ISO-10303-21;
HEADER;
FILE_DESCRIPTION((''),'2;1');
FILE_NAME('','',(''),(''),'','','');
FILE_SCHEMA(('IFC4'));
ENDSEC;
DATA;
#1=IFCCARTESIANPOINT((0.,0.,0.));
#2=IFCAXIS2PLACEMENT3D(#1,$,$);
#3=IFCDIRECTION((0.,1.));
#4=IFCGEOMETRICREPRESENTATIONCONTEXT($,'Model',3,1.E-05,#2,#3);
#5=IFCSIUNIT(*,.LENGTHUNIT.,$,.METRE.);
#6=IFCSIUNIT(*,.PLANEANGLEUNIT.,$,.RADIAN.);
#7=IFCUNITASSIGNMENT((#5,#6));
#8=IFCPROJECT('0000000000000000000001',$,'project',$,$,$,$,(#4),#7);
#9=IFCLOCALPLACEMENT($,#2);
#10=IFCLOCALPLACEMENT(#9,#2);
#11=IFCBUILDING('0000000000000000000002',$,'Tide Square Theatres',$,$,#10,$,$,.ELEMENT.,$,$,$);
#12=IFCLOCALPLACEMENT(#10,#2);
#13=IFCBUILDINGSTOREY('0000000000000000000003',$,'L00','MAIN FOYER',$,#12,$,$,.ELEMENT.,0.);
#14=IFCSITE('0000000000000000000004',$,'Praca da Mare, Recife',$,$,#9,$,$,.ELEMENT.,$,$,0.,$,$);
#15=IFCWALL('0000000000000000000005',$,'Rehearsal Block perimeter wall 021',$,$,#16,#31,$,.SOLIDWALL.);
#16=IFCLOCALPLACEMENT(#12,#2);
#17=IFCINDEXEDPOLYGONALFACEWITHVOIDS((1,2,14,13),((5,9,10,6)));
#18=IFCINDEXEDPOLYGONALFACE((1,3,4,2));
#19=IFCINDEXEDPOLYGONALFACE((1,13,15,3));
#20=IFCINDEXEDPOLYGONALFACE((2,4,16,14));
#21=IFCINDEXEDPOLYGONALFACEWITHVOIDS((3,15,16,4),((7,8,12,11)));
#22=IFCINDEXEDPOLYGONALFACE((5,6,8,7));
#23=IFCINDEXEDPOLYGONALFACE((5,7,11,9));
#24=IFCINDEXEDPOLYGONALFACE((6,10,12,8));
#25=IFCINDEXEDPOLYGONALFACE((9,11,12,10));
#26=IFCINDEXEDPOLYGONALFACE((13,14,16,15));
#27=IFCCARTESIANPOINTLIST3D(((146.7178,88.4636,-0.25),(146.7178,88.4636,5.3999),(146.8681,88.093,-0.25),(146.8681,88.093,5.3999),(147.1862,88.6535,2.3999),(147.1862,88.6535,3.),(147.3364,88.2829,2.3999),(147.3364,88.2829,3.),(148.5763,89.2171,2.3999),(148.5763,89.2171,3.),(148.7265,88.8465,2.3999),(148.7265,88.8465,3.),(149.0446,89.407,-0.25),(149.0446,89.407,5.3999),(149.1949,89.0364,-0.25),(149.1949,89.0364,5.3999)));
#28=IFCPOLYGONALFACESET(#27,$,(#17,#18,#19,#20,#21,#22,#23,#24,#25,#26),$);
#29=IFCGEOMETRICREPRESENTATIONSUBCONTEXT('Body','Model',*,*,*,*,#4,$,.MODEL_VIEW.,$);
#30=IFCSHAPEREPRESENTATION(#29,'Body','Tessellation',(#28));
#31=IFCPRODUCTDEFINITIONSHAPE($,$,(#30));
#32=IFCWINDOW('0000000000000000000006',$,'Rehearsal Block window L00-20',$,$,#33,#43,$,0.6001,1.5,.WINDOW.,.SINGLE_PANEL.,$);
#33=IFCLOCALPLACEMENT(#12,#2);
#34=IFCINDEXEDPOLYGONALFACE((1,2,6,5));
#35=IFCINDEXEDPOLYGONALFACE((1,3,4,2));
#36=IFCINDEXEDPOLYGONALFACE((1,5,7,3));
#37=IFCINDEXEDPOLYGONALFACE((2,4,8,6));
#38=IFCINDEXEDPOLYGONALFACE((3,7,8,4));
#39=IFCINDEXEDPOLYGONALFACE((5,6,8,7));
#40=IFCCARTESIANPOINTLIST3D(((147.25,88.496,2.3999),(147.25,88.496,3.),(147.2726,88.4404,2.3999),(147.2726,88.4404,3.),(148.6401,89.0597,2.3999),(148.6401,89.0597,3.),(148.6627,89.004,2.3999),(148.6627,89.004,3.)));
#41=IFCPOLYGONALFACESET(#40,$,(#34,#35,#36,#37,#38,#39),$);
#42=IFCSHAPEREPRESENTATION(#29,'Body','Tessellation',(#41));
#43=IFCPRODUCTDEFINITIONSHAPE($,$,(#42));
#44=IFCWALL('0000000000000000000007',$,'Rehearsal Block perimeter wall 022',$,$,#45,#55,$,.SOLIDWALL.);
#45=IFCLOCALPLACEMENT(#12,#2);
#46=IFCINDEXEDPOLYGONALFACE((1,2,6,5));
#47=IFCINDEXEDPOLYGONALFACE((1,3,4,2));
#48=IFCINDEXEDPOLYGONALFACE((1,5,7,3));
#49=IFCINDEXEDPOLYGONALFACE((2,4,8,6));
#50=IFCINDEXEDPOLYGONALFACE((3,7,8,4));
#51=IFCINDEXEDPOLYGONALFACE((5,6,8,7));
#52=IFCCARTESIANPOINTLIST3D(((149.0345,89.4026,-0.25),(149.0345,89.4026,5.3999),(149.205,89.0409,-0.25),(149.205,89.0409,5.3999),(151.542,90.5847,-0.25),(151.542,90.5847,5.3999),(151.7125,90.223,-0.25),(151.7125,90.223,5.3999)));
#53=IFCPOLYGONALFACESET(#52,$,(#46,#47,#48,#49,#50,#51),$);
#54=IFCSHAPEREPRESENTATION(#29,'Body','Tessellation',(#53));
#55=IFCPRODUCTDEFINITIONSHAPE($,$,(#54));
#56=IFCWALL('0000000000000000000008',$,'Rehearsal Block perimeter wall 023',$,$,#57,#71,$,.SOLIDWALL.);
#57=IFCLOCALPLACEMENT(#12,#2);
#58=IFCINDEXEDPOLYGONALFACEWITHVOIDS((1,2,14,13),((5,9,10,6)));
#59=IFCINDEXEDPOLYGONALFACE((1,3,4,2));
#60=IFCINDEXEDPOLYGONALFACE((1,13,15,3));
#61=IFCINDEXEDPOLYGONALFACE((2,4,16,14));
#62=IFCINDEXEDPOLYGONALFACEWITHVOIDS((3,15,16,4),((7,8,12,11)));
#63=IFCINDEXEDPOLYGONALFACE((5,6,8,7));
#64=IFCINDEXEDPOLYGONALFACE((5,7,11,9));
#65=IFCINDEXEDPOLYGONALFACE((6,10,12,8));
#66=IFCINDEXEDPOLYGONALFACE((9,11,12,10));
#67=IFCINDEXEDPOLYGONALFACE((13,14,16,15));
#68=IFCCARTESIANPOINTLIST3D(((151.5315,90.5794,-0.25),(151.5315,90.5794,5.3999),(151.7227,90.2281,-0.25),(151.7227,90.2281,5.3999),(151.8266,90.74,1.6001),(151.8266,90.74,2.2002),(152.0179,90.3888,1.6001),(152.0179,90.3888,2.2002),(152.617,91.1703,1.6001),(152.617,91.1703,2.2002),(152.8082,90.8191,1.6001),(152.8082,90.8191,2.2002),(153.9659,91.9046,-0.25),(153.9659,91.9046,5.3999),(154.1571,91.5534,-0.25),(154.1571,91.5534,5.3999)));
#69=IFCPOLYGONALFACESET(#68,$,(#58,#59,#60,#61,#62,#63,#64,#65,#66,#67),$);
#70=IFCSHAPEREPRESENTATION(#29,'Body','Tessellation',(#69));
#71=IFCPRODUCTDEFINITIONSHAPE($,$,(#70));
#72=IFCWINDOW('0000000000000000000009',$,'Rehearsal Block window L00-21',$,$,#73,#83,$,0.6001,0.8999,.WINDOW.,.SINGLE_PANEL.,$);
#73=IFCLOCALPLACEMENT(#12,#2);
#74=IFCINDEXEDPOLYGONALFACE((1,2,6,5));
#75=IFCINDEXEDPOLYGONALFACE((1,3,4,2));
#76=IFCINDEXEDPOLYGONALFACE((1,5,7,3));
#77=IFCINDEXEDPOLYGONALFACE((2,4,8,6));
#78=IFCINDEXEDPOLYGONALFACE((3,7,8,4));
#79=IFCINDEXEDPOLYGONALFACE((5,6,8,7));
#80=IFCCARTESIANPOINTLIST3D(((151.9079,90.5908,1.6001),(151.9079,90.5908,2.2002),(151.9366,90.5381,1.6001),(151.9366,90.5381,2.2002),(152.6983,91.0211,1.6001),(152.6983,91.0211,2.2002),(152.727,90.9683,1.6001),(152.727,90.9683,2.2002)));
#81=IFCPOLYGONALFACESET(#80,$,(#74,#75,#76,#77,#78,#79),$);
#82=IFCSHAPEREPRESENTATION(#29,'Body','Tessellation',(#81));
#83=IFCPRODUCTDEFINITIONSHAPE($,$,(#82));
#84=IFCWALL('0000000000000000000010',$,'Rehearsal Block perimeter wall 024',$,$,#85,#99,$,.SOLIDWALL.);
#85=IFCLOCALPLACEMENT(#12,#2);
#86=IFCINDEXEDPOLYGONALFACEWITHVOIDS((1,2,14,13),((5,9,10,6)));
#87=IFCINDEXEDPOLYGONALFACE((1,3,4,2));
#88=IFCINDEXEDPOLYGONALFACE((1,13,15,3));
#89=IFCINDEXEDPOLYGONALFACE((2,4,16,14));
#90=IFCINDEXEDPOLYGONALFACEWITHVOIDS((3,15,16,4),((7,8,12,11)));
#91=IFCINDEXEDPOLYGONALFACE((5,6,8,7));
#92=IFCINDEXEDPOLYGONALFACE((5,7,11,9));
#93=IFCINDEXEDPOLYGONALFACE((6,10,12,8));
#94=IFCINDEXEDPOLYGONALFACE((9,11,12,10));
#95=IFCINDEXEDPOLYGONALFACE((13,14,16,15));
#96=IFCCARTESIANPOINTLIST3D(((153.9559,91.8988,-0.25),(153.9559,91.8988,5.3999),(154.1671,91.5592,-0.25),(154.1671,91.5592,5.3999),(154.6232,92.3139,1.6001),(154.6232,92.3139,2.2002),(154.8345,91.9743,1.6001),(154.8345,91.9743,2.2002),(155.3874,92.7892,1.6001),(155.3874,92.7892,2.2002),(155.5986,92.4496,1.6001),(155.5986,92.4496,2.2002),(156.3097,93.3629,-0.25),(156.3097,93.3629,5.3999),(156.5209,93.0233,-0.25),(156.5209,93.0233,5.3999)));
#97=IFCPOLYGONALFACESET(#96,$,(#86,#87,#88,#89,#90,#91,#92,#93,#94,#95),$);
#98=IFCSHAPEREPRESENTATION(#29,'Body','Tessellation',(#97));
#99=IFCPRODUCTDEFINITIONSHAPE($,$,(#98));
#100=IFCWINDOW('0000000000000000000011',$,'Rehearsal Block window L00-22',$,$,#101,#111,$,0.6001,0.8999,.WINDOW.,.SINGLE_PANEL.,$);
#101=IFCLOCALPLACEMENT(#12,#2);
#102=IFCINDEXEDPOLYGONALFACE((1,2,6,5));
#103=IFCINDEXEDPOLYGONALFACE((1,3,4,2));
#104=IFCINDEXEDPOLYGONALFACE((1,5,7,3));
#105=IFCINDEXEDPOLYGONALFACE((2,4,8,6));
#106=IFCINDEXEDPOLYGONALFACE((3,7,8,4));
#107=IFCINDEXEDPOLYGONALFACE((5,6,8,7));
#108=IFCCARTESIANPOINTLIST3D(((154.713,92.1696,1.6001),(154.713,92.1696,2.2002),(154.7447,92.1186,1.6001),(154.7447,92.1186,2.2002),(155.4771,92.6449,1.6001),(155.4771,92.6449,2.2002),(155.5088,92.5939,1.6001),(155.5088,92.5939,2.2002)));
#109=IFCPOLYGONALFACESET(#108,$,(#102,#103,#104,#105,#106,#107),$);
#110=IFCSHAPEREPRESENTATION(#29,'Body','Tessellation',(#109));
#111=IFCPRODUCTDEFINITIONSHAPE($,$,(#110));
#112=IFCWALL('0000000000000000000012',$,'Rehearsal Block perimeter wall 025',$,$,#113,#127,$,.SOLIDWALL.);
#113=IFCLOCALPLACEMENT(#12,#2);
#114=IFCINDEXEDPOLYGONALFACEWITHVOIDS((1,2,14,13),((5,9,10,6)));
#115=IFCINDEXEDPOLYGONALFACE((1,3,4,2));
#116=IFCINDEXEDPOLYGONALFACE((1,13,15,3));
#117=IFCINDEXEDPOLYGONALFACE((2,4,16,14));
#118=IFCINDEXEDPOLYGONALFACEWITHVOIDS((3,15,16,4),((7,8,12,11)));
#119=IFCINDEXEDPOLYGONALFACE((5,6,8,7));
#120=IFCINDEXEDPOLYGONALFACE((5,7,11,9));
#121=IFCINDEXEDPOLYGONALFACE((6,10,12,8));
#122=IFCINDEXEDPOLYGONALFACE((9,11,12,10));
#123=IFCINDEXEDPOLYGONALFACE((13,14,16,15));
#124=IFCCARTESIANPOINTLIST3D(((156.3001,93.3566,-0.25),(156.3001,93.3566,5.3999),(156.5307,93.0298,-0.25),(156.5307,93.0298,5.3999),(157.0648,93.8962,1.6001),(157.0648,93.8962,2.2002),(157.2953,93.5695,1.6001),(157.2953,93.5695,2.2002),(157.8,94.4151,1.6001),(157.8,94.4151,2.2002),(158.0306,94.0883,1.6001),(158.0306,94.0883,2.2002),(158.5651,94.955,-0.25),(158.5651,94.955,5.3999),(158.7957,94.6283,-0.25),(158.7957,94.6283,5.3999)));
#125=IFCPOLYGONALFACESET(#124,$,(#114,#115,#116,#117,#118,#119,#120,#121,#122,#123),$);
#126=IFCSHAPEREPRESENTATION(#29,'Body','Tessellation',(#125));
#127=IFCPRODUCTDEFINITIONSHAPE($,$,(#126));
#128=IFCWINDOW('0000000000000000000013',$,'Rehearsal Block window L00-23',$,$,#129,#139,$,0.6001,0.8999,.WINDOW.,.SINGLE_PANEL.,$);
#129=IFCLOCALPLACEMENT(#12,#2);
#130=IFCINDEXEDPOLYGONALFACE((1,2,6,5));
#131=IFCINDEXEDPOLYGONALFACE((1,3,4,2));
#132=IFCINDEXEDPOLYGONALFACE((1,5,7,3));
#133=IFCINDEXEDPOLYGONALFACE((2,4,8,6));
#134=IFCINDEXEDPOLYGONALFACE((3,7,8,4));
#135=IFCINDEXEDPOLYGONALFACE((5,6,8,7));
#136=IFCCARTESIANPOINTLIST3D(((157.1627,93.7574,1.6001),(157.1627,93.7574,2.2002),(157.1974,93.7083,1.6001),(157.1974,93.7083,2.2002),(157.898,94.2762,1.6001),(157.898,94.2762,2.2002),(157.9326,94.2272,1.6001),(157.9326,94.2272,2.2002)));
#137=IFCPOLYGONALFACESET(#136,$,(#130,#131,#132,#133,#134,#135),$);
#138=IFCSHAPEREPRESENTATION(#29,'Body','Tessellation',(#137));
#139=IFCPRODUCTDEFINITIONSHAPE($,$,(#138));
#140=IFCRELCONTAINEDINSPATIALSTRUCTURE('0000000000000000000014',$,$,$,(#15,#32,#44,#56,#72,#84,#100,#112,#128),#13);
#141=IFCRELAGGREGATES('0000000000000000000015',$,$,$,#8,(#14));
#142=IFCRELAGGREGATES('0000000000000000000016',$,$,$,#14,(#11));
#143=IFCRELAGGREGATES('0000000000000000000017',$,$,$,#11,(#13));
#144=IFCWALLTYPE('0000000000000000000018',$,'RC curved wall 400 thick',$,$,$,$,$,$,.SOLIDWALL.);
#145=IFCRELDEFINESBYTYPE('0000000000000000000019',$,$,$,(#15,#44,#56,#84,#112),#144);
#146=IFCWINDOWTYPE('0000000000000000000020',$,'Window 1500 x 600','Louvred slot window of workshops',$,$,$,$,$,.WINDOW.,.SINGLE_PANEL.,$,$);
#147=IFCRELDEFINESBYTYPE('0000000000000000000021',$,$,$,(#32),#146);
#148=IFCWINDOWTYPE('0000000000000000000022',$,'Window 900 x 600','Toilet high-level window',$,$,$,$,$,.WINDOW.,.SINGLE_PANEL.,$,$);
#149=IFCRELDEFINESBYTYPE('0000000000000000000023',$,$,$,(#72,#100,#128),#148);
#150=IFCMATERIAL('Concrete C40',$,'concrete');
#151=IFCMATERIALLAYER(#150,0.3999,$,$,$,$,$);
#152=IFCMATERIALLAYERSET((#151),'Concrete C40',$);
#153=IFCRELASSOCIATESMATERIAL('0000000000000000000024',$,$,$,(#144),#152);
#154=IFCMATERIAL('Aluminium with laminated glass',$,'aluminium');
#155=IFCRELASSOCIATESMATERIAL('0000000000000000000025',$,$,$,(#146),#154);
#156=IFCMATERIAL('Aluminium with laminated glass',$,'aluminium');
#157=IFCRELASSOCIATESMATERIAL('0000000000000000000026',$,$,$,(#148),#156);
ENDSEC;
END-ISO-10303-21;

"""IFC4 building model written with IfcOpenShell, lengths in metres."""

from ifc_helpers import new_model, si_unit, direction, frame, frame_2d, origin, place, context, subcontext, project, spatial, rectangle, extrude, material, layer, layer_set, type_object, element, fill, save


model = new_model("IFC4")

# Units and contexts
model_context = context("Model", 3, precision=1e-05, world=origin(), true_north=direction((0.0, 1.0)))
body_context = subcontext(model_context, "Body", "Model", "MODEL_VIEW")
ifc_project = project(units=[si_unit("LENGTHUNIT", "METRE"), si_unit("PLANEANGLEUNIT", "RADIAN")], contexts=[model_context])

# Site, building, storey
site_placement = place(None, origin())
site = spatial("IfcSite", under=ifc_project, at=site_placement, Name="Praca da Mare, Recife", CompositionType="ELEMENT", RefElevation=0.0)
building_placement = place(site_placement, origin())
building = spatial("IfcBuilding", under=site, at=building_placement, Name="Tide Square Theatres", CompositionType="ELEMENT")
storey_placement = place(building_placement, origin())
storey = spatial("IfcBuildingStorey", under=building, at=storey_placement, Name="L00", Description="MAIN FOYER", CompositionType="ELEMENT", Elevation=0.0)

# Shared definitions
ifc_material_1 = material(Name="Concrete C40", Category="concrete")
ifc_layer_1 = layer(ifc_material_1, 0.3999)
ifc_layer_set_1 = layer_set([ifc_layer_1], Name="Concrete C40")
wall_type_1 = type_object("IfcWallType", Name="RC curved wall 400 thick", PredefinedType="SOLIDWALL", material=ifc_layer_set_1)

# Wall, opening, window
ifc_material_2 = material(Name="Aluminium with laminated glass", Category="aluminium")
window_type_1 = type_object("IfcWindowType", Name="Window 1500 x 600", Description="Louvred slot window of workshops", PartitioningType="SINGLE_PANEL", PredefinedType="WINDOW", material=ifc_material_2)
wall_1_placement = place(storey_placement, frame((146.793, 88.2783, -0.25), z_axis=(0.0, 0.0, 1.0), x_axis=(0.926723, 0.375746, 0.0)))
wall_1 = element("IfcWall", 1, at=wall_1_placement, inside=storey, type_object=wall_type_1, Name="Rehearsal Block perimeter wall 021", PredefinedType="SOLIDWALL", context=body_context, shape_type="SweptSolid", body=[
    extrude(rectangle(XDim=2.5107, YDim=0.3999, at=frame_2d((1.2554, 0.0))), origin(), (0.0, 0.0, 1.0), 5.6499),
])
opening_1_placement = place(wall_1_placement, frame((0.5054, 0.0, 2.6499)))
opening_1 = element("IfcOpeningElement", 2, at=opening_1_placement, cuts=wall_1, PredefinedType="OPENING", context=body_context, shape_type="SweptSolid", body=[
    extrude(rectangle(XDim=1.5, YDim=0.6001, at=frame_2d((0.75, 0.3))), frame((0.0, 0.21, 0.0), z_axis=(0.0, -1.0, 0.0), x_axis=(1.0, 0.0, 0.0)), (0.0, 0.0, 1.0), 0.4199),
])
window_1_placement = place(opening_1_placement, origin())
window_1 = element("IfcWindow", 3, at=window_1_placement, inside=storey, type_object=window_type_1, Name="Rehearsal Block window L00-20", OverallHeight=0.6001, OverallWidth=1.5, PartitioningType="SINGLE_PANEL", PredefinedType="WINDOW", context=body_context, shape_type="SweptSolid", body=[
    extrude(rectangle(XDim=1.5, YDim=0.6001, at=frame_2d((0.75, 0.3))), frame((0.0, 0.03, 0.0), z_axis=(0.0, -1.0, 0.0), x_axis=(1.0, 0.0, 0.0)), (0.0, 0.0, 1.0), 0.0601),
])
fill(opening_1, window_1)

# Wall
wall_2_placement = place(storey_placement, frame((149.1196, 89.2217, -0.25), z_axis=(0.0, 0.0, 1.0), x_axis=(0.904527, 0.426416, 0.0)))
element("IfcWall", 4, at=wall_2_placement, inside=storey, type_object=wall_type_1, Name="Rehearsal Block perimeter wall 022", PredefinedType="SOLIDWALL", context=body_context, shape_type="SweptSolid", body=[
    extrude(rectangle(XDim=2.7722, YDim=0.3999, at=frame_2d((1.3862, 0.0))), origin(), (0.0, 0.0, 1.0), 5.6499),
])

# Walls, openings, windows
wall_3_placement = place(storey_placement, frame((151.6272, 90.4038, -0.25), z_axis=(0.0, 0.0, 1.0), x_axis=(0.878292, 0.478124, 0.0)))
wall_3 = element("IfcWall", 5, at=wall_3_placement, inside=storey, type_object=wall_type_1, Name="Rehearsal Block perimeter wall 023", PredefinedType="SOLIDWALL", context=body_context, shape_type="SweptSolid", body=[
    extrude(rectangle(XDim=2.7717, YDim=0.3999, at=frame_2d((1.3857, 0.0))), origin(), (0.0, 0.0, 1.0), 5.6499),
])
opening_2_placement = place(wall_3_placement, frame((0.3359, 0.0, 1.8501)))
opening_2 = element("IfcOpeningElement", 6, at=opening_2_placement, cuts=wall_3, PredefinedType="OPENING", context=body_context, shape_type="SweptSolid", body=[
    extrude(rectangle(XDim=0.8999, YDim=0.6001, at=frame_2d((0.45, 0.3))), frame((0.0, 0.21, 0.0), z_axis=(0.0, -1.0, 0.0), x_axis=(1.0, 0.0, 0.0)), (0.0, 0.0, 1.0), 0.4199),
])
ifc_material_3 = material(Name="Aluminium with laminated glass", Category="aluminium")
window_type_2 = type_object("IfcWindowType", Name="Window 900 x 600", Description="Toilet high-level window", PartitioningType="SINGLE_PANEL", PredefinedType="WINDOW", material=ifc_material_3)
window_2_placement = place(opening_2_placement, origin())
window_2 = element("IfcWindow", 7, at=window_2_placement, inside=storey, type_object=window_type_2, Name="Rehearsal Block window L00-21", OverallHeight=0.6001, OverallWidth=0.8999, PartitioningType="SINGLE_PANEL", PredefinedType="WINDOW", context=body_context, shape_type="SweptSolid", body=[
    extrude(rectangle(XDim=0.8999, YDim=0.6001, at=frame_2d((0.45, 0.3))), frame((0.0, 0.03, 0.0), z_axis=(0.0, -1.0, 0.0), x_axis=(1.0, 0.0, 0.0)), (0.0, 0.0, 1.0), 0.0601),
])
fill(opening_2, window_2)
wall_4_placement = place(storey_placement, frame((154.0615, 91.729, -0.25), z_axis=(0.0, 0.0, 1.0), x_axis=(0.849129, 0.528185, 0.0)))
wall_4 = element("IfcWall", 8, at=wall_4_placement, inside=storey, type_object=wall_type_1, Name="Rehearsal Block perimeter wall 024", PredefinedType="SOLIDWALL", context=body_context, shape_type="SweptSolid", body=[
    extrude(rectangle(XDim=2.772, YDim=0.3999, at=frame_2d((1.386, 0.0))), origin(), (0.0, 0.0, 1.0), 5.6499),
])
opening_3_placement = place(wall_4_placement, frame((0.7859, 0.0, 1.8501)))
opening_3 = element("IfcOpeningElement", 9, at=opening_3_placement, cuts=wall_4, PredefinedType="OPENING", context=body_context, shape_type="SweptSolid", body=[
    extrude(rectangle(XDim=0.8999, YDim=0.6001, at=frame_2d((0.45, 0.3))), frame((0.0, 0.21, 0.0), z_axis=(0.0, -1.0, 0.0), x_axis=(1.0, 0.0, 0.0)), (0.0, 0.0, 1.0), 0.4199),
])
window_3_placement = place(opening_3_placement, origin())
window_3 = element("IfcWindow", 10, at=window_3_placement, inside=storey, type_object=window_type_2, Name="Rehearsal Block window L00-22", OverallHeight=0.6001, OverallWidth=0.8999, PartitioningType="SINGLE_PANEL", PredefinedType="WINDOW", context=body_context, shape_type="SweptSolid", body=[
    extrude(rectangle(XDim=0.8999, YDim=0.6001, at=frame_2d((0.45, 0.3))), frame((0.0, 0.03, 0.0), z_axis=(0.0, -1.0, 0.0), x_axis=(1.0, 0.0, 0.0)), (0.0, 0.0, 1.0), 0.0601),
])
fill(opening_3, window_3)
wall_5_placement = place(storey_placement, frame((156.4153, 93.1931, -0.25), z_axis=(0.0, 0.0, 1.0), x_axis=(0.817029, 0.576597, 0.0)))
wall_5 = element("IfcWall", 11, at=wall_5_placement, inside=storey, type_object=wall_type_1, Name="Rehearsal Block perimeter wall 025", PredefinedType="SOLIDWALL", context=body_context, shape_type="SweptSolid", body=[
    extrude(rectangle(XDim=2.7722, YDim=0.3999, at=frame_2d((1.3862, 0.0))), origin(), (0.0, 0.0, 1.0), 5.6499),
])
opening_4_placement = place(wall_5_placement, frame((0.936, 0.0, 1.8501)))
opening_4 = element("IfcOpeningElement", 12, at=opening_4_placement, cuts=wall_5, PredefinedType="OPENING", context=body_context, shape_type="SweptSolid", body=[
    extrude(rectangle(XDim=0.8999, YDim=0.6001, at=frame_2d((0.45, 0.3))), frame((0.0, 0.21, 0.0), z_axis=(0.0, -1.0, 0.0), x_axis=(1.0, 0.0, 0.0)), (0.0, 0.0, 1.0), 0.4199),
])
window_4_placement = place(opening_4_placement, origin())
window_4 = element("IfcWindow", 13, at=window_4_placement, inside=storey, type_object=window_type_2, Name="Rehearsal Block window L00-23", OverallHeight=0.6001, OverallWidth=0.8999, PartitioningType="SINGLE_PANEL", PredefinedType="WINDOW", context=body_context, shape_type="SweptSolid", body=[
    extrude(rectangle(XDim=0.8999, YDim=0.6001, at=frame_2d((0.45, 0.3))), frame((0.0, 0.03, 0.0), z_axis=(0.0, -1.0, 0.0), x_axis=(1.0, 0.0, 0.0)), (0.0, 0.0, 1.0), 0.0601),
])
fill(opening_4, window_4)

save(model, "model.ifc")
